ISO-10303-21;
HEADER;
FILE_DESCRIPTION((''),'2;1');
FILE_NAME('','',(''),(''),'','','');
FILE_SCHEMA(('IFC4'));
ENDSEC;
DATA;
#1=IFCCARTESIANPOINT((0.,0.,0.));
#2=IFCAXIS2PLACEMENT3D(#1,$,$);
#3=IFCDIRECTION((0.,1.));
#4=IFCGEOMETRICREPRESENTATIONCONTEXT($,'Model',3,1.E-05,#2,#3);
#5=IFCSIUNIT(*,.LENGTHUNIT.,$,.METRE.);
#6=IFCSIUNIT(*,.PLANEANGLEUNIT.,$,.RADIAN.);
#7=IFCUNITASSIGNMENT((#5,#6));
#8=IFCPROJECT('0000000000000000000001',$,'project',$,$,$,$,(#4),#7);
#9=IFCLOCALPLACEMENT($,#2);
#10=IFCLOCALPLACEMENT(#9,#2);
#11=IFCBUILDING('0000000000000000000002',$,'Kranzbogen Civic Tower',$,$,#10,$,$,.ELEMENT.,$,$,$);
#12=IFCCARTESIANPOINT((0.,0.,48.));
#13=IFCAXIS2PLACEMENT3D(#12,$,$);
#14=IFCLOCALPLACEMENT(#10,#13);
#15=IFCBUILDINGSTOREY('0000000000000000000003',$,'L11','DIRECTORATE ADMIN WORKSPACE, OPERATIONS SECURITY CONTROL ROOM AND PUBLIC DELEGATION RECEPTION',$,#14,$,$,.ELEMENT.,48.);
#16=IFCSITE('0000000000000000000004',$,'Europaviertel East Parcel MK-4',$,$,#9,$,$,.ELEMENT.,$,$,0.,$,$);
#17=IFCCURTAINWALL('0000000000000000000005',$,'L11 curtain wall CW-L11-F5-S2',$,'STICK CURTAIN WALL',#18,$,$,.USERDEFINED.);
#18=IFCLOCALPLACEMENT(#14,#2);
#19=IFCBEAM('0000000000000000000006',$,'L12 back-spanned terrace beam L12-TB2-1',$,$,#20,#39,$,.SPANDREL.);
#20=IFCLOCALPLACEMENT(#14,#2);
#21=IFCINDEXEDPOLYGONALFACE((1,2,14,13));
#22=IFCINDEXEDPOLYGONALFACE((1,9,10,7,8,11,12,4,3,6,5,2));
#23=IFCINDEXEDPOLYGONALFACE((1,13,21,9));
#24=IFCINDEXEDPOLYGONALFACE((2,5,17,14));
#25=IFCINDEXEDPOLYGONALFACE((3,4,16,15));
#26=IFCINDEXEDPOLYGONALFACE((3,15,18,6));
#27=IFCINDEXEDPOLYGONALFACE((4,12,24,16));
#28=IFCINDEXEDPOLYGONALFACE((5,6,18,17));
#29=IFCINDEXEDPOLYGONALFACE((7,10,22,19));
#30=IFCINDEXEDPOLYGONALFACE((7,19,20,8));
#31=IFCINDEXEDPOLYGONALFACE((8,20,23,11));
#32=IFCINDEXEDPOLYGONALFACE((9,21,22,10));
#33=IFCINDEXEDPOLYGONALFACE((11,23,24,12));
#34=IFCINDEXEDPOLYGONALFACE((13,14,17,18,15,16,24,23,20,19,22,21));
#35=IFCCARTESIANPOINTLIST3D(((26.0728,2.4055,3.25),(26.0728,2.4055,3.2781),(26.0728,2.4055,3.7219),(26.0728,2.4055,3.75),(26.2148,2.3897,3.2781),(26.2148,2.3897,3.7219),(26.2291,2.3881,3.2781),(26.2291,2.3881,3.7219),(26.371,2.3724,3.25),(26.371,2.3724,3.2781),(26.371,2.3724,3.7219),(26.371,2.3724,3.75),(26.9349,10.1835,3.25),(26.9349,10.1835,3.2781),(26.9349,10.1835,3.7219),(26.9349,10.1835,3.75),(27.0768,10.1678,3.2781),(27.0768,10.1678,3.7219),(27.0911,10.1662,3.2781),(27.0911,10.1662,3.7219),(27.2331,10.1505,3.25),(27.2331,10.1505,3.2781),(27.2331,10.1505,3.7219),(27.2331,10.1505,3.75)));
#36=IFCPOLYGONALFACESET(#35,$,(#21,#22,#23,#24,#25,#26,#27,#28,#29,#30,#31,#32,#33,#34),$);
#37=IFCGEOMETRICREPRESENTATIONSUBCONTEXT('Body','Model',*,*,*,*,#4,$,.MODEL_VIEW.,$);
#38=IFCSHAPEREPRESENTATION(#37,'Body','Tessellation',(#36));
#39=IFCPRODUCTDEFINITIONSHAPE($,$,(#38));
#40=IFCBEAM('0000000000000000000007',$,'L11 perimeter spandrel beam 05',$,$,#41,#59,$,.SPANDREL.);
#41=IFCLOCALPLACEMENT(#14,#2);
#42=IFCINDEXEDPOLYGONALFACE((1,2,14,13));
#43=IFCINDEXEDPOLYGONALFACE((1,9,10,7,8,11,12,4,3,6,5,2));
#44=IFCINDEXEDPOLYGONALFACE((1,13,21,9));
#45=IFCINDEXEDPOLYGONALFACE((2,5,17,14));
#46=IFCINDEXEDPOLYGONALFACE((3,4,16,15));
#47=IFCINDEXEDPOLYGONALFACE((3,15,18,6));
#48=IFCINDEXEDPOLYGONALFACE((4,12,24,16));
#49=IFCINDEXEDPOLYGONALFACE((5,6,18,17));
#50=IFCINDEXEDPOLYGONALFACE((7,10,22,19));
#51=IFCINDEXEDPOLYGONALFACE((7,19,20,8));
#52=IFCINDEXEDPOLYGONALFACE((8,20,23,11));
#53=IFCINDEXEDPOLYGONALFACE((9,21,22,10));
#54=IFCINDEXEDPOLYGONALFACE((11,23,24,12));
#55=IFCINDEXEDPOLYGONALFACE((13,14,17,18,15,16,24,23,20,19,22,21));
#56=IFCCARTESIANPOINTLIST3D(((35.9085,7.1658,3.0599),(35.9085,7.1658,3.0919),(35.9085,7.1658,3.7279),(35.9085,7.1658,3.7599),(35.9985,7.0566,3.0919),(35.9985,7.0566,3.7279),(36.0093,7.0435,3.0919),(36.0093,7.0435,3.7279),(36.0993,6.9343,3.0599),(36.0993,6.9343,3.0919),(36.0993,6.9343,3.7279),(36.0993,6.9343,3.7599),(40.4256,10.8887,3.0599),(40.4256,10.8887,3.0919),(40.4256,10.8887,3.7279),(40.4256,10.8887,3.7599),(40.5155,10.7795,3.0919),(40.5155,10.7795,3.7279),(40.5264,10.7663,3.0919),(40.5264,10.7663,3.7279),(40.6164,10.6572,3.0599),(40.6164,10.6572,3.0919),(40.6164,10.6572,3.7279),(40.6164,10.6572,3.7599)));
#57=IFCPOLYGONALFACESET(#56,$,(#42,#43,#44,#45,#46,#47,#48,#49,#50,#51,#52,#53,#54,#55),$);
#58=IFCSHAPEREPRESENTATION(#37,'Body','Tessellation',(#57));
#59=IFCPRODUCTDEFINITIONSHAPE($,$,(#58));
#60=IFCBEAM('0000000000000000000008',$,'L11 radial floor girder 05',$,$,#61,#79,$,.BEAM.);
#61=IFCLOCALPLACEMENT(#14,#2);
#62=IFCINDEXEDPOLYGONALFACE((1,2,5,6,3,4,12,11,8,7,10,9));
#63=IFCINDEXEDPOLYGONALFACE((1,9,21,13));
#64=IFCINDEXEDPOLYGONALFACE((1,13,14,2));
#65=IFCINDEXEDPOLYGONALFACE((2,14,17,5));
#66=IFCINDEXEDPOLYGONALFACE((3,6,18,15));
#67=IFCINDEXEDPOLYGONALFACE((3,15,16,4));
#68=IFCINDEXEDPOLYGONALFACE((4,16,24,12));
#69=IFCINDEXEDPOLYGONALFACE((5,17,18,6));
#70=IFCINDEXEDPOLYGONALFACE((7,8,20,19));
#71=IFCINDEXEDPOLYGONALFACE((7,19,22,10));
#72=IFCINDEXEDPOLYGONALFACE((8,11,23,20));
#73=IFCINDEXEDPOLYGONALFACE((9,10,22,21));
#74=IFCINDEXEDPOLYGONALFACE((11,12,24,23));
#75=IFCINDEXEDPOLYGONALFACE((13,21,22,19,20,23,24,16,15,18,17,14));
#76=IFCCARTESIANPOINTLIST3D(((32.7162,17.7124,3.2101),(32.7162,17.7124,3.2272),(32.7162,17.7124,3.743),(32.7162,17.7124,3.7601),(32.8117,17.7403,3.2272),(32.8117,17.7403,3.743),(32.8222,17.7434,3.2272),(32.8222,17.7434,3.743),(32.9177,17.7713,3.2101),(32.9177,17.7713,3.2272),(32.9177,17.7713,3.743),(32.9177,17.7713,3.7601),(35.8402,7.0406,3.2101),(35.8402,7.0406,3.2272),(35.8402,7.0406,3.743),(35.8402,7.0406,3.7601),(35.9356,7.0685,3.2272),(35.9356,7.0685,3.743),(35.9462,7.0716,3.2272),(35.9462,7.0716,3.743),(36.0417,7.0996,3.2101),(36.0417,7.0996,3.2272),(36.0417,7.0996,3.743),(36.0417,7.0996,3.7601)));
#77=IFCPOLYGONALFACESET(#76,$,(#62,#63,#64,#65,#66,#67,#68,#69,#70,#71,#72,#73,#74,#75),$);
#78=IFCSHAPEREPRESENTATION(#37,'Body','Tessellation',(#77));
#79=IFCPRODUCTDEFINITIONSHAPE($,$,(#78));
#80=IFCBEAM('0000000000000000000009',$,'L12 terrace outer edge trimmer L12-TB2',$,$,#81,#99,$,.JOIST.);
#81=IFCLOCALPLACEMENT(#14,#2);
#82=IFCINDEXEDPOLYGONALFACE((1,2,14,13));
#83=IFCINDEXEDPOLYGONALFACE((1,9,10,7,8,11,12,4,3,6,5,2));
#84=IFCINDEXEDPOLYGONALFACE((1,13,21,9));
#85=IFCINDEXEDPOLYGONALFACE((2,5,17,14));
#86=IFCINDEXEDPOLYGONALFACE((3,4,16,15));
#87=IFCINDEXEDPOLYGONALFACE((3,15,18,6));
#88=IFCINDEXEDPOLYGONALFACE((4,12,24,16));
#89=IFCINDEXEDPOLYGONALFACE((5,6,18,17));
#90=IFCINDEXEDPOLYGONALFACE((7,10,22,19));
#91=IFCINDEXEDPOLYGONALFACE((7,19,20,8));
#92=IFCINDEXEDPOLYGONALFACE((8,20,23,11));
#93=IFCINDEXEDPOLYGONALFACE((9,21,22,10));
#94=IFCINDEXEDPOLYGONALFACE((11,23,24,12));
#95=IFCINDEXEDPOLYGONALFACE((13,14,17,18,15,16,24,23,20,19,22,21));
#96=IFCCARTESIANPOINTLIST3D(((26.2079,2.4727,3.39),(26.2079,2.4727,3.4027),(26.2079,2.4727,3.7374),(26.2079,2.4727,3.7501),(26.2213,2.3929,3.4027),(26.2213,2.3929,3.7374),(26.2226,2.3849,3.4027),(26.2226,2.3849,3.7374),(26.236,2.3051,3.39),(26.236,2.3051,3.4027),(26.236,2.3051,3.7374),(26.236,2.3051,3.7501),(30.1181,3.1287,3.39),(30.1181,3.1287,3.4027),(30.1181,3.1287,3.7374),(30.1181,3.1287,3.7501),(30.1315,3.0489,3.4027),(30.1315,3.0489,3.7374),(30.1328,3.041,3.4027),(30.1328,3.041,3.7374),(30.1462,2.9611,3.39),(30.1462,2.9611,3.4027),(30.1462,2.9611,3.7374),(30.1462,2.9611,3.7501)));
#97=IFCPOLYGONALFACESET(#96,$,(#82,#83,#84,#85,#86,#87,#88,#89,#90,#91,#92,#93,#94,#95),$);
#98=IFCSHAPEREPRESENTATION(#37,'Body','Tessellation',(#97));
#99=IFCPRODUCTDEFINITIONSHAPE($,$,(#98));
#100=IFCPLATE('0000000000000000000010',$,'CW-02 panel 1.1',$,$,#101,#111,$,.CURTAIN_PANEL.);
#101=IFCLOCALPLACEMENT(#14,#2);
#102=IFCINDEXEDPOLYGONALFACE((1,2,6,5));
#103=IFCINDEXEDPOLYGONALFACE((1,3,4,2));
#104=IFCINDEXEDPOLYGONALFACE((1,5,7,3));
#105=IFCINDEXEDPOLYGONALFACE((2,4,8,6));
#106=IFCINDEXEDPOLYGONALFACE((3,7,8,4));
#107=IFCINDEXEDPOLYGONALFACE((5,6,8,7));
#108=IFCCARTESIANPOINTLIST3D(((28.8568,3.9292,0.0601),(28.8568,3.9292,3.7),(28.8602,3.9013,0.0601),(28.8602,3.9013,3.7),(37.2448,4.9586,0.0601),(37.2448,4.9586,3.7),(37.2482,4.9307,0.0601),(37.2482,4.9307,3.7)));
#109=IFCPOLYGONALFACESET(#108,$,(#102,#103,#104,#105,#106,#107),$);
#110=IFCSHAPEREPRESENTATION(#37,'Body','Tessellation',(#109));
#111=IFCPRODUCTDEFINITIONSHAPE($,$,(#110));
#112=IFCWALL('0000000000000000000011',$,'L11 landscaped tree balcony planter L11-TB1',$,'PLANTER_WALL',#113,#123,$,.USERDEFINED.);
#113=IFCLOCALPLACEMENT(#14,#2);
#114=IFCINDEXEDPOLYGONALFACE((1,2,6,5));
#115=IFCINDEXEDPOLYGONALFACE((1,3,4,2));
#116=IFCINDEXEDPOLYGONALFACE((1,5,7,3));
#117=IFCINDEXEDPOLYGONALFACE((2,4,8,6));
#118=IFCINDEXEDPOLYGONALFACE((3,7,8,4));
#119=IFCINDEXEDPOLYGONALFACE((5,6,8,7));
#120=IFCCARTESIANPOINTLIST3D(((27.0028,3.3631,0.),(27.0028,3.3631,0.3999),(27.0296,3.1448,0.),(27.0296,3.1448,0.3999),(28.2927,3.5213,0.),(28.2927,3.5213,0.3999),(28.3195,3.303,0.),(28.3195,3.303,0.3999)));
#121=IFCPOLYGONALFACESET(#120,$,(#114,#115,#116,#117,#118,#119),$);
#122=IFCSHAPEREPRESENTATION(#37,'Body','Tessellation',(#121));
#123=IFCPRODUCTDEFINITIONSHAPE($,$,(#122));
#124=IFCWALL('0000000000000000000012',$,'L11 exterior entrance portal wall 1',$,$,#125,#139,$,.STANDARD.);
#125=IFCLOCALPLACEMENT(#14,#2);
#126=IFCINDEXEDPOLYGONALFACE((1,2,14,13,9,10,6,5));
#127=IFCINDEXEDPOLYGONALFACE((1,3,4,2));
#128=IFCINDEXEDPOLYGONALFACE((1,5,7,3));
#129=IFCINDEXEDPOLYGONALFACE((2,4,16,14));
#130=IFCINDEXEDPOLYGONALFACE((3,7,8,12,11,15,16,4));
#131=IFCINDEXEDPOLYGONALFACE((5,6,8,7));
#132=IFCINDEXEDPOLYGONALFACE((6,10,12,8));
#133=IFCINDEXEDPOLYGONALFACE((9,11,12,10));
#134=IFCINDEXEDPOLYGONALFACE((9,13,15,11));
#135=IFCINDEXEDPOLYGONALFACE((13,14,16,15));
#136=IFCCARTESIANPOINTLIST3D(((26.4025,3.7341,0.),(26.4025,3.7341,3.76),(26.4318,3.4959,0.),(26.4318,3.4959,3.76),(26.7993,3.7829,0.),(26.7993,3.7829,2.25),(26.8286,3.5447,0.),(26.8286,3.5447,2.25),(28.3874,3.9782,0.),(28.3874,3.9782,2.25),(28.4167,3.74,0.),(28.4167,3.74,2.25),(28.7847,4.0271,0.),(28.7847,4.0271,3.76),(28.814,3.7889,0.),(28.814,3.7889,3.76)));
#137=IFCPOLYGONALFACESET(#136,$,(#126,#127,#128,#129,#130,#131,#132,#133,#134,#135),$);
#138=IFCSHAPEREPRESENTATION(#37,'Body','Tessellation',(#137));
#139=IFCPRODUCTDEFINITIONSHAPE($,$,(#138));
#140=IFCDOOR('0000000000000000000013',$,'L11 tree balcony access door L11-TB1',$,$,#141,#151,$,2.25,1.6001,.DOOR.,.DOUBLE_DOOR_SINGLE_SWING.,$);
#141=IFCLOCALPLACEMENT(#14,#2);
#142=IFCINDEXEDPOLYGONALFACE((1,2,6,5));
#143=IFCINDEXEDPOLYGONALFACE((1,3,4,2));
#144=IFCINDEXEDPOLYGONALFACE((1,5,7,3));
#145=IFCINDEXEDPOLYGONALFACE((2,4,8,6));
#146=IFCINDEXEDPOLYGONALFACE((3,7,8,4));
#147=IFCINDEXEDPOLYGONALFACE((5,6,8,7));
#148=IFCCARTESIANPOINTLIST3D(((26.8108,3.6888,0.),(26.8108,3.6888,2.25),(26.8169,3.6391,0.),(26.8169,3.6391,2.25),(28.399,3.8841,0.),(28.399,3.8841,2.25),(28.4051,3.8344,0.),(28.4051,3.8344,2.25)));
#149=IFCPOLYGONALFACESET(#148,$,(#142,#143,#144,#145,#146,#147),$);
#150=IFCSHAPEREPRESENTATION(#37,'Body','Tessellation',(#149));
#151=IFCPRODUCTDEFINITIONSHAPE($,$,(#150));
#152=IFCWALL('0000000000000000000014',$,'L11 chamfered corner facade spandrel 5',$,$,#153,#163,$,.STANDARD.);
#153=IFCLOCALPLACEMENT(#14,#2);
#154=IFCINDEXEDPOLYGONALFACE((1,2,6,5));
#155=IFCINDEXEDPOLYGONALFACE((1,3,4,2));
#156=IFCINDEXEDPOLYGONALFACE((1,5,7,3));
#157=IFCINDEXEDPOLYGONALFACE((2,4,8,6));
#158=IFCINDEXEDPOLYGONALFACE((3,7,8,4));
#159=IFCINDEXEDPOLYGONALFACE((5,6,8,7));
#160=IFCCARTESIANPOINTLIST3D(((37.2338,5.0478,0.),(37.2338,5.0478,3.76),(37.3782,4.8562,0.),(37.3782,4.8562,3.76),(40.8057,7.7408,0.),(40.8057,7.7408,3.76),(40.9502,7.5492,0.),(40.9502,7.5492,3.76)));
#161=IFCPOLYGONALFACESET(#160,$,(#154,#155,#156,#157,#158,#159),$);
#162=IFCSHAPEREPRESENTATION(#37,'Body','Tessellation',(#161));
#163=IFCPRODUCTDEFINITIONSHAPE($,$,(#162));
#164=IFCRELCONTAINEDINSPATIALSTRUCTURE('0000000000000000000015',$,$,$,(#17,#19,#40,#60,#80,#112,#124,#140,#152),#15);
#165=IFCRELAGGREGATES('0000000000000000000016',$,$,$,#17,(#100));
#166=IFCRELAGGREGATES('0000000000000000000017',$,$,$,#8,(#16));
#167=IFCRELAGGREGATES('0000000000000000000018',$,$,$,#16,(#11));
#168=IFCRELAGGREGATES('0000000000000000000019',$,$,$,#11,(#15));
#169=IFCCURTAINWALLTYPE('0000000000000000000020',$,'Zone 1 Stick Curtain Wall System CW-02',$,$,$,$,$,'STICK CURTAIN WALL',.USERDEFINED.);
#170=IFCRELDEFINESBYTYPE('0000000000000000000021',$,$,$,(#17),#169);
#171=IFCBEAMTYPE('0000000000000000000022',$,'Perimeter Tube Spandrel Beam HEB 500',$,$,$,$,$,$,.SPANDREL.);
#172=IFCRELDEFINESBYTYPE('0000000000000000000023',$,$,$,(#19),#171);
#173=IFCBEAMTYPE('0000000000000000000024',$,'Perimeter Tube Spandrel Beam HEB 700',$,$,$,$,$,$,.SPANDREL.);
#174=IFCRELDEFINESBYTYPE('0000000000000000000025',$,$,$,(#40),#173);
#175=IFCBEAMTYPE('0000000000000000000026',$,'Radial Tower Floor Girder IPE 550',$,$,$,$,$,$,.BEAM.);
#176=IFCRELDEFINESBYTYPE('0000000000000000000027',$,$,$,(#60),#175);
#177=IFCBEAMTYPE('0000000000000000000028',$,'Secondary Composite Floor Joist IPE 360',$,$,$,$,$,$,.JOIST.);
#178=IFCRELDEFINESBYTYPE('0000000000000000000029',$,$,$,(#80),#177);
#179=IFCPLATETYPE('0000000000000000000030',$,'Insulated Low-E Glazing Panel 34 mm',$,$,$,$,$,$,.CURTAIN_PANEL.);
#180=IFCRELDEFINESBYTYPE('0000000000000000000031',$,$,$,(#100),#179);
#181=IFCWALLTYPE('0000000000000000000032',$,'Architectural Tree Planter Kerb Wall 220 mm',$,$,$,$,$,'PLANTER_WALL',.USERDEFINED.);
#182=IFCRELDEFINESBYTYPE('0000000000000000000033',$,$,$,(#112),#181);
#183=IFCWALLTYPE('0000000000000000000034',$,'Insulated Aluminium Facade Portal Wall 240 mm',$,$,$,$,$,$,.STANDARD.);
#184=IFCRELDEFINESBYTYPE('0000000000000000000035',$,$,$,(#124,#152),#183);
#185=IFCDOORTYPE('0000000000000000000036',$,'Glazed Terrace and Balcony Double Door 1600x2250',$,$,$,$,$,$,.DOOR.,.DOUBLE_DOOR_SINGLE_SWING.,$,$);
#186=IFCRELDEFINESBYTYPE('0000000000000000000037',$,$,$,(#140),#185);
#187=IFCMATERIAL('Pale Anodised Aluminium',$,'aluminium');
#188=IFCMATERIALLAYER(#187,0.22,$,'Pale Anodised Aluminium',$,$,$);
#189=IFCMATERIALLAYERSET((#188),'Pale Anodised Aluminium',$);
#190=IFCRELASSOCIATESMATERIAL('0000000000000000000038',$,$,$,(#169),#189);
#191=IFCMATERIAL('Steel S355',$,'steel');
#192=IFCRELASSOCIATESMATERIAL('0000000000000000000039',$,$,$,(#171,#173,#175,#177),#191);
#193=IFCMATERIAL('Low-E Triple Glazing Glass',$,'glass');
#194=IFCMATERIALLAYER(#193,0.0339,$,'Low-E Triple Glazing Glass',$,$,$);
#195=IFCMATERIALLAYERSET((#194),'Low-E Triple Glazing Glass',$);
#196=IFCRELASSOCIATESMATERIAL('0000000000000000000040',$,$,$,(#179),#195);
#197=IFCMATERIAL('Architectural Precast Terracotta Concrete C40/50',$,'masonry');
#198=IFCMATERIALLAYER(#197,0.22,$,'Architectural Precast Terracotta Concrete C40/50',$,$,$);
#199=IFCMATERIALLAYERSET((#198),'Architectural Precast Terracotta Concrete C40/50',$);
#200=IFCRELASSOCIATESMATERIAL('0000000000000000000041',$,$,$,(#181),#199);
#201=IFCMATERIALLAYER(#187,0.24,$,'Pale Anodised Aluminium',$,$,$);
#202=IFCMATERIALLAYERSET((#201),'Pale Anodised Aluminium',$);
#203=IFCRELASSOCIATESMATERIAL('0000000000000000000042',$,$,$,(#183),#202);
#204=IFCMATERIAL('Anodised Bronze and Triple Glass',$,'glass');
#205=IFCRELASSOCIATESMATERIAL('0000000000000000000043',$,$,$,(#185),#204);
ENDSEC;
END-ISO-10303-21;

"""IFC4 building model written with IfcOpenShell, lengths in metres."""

from ifc_helpers import new_model, si_unit, direction, frame, frame_2d, origin, origin_2d, place, context, subcontext, project, spatial, rectangle, i_section, extrude, material, layer, layer_set, material_profile, profile_set, type_object, element, fill, aggregate, save


model = new_model("IFC4")

# Units and contexts
model_context = context("Model", 3, precision=1e-05, world=origin(), true_north=direction((0.0, 1.0)))
body_context = subcontext(model_context, "Body", "Model", "MODEL_VIEW")
ifc_project = project(units=[si_unit("LENGTHUNIT", "METRE"), si_unit("PLANEANGLEUNIT", "RADIAN")], contexts=[model_context])

# Site, building, storey
site_placement = place(None, origin())
site = spatial("IfcSite", under=ifc_project, at=site_placement, Name="Europaviertel East Parcel MK-4", CompositionType="ELEMENT", RefElevation=0.0)
building_placement = place(site_placement, origin())
building = spatial("IfcBuilding", under=site, at=building_placement, Name="Kranzbogen Civic Tower", CompositionType="ELEMENT")
storey_placement = place(building_placement, frame((0.0, 0.0, 48.0)))
storey = spatial("IfcBuildingStorey", under=building, at=storey_placement, Name="L11", Description="DIRECTORATE ADMIN WORKSPACE, OPERATIONS SECURITY CONTROL ROOM AND PUBLIC DELEGATION RECEPTION", CompositionType="ELEMENT", Elevation=48.0)

# Shared definitions
ifc_material_1 = material(Name="Steel S355", Category="steel")

# Shared definitions
ifc_material_2 = material(Name="Pale Anodised Aluminium", Category="aluminium")
ifc_layer_1 = layer(ifc_material_2, 0.22, Name="Pale Anodised Aluminium")
ifc_layer_set_1 = layer_set([ifc_layer_1], Name="Pale Anodised Aluminium")
curtain_wall_type = type_object("IfcCurtainWallType", Name="Zone 1 Stick Curtain Wall System CW-02", ElementType="STICK CURTAIN WALL", PredefinedType="USERDEFINED", material=ifc_layer_set_1)

# Curtain wall
curtain_wall_1_placement = place(storey_placement, origin())
curtain_wall_1 = element("IfcCurtainWall", 1, at=curtain_wall_1_placement, inside=storey, type_object=curtain_wall_type, Name="L11 curtain wall CW-L11-F5-S2", ObjectType="STICK CURTAIN WALL", PredefinedType="USERDEFINED")

# Beams
ifc_material_profile_1 = material_profile(ifc_material_1, i_section(OverallWidth=0.3, OverallDepth=0.5, WebThickness=0.0144, FlangeThickness=0.0281, at=origin_2d()), Name="HEB 500")
ifc_profile_set_1 = profile_set([ifc_material_profile_1], Name="Steel S355")
beam_type_1 = type_object("IfcBeamType", Name="Perimeter Tube Spandrel Beam HEB 500", PredefinedType="SPANDREL", material=ifc_profile_set_1)
beam_1_placement = place(storey_placement, frame((27.084, 10.167, 3.5), z_axis=(-0.110158, -0.993914, 0.0), x_axis=(0.993914, -0.110158, 0.0)))
element("IfcBeam", 2, at=beam_1_placement, inside=storey, type_object=beam_type_1, Name="L12 back-spanned terrace beam L12-TB2-1", PredefinedType="SPANDREL", context=body_context, shape_type="SweptSolid", body=[
    extrude(i_section(OverallWidth=0.3, OverallDepth=0.5, WebThickness=0.0144, FlangeThickness=0.0281, at=origin_2d()), origin(), (0.0, 0.0, 1.0), 7.8257),
])
ifc_material_profile_2 = material_profile(ifc_material_1, i_section(OverallWidth=0.3, OverallDepth=0.7, WebThickness=0.0171, FlangeThickness=0.032, at=origin_2d()), Name="HEB 700")
ifc_profile_set_2 = profile_set([ifc_material_profile_2], Name="Steel S355")
beam_type_2 = type_object("IfcBeamType", Name="Perimeter Tube Spandrel Beam HEB 700", PredefinedType="SPANDREL", material=ifc_profile_set_2)
beam_2_placement = place(storey_placement, frame((36.0039, 7.05, 3.4099), z_axis=(0.771683, 0.636007, 0.0), x_axis=(-0.636007, 0.771683, 0.0)))
element("IfcBeam", 3, at=beam_2_placement, inside=storey, type_object=beam_type_2, Name="L11 perimeter spandrel beam 05", PredefinedType="SPANDREL", context=body_context, shape_type="SweptSolid", body=[
    extrude(i_section(OverallWidth=0.3, OverallDepth=0.7, WebThickness=0.0171, FlangeThickness=0.032, at=origin_2d()), origin(), (0.0, 0.0, 1.0), 5.8535),
])
ifc_material_profile_3 = material_profile(ifc_material_1, i_section(OverallWidth=0.21, OverallDepth=0.55, WebThickness=0.011, FlangeThickness=0.0171, at=origin_2d()), Name="IPE 550")
ifc_profile_set_3 = profile_set([ifc_material_profile_3], Name="Steel S355")
beam_type_3 = type_object("IfcBeamType", Name="Radial Tower Floor Girder IPE 550", PredefinedType="BEAM", material=ifc_profile_set_3)
beam_3_placement = place(storey_placement, frame((35.9409, 7.0701, 3.4851), z_axis=(-0.280944, 0.959724, 0.0), x_axis=(-0.959724, -0.280944, 0.0)))
element("IfcBeam", 4, at=beam_3_placement, inside=storey, type_object=beam_type_3, Name="L11 radial floor girder 05", PredefinedType="BEAM", context=body_context, shape_type="SweptSolid", body=[
    extrude(i_section(OverallWidth=0.21, OverallDepth=0.55, WebThickness=0.011, FlangeThickness=0.0171, at=origin_2d()), origin(), (0.0, 0.0, 1.0), 11.1196),
])
ifc_material_profile_4 = material_profile(ifc_material_1, i_section(OverallWidth=0.1699, OverallDepth=0.3601, WebThickness=0.0081, FlangeThickness=0.0127, at=origin_2d()), Name="IPE 360")
ifc_profile_set_4 = profile_set([ifc_material_profile_4], Name="Steel S355")
beam_type_4 = type_object("IfcBeamType", Name="Secondary Composite Floor Joist IPE 360", PredefinedType="JOIST", material=ifc_profile_set_4)
beam_4_placement = place(storey_placement, frame((26.2219, 2.3889, 3.5701), z_axis=(0.986217, 0.165457, 0.0), x_axis=(-0.165457, 0.986217, 0.0)))
element("IfcBeam", 5, at=beam_4_placement, inside=storey, type_object=beam_type_4, Name="L12 terrace outer edge trimmer L12-TB2", PredefinedType="JOIST", context=body_context, shape_type="SweptSolid", body=[
    extrude(i_section(OverallWidth=0.1699, OverallDepth=0.3601, WebThickness=0.0081, FlangeThickness=0.0127, at=origin_2d()), origin(), (0.0, 0.0, 1.0), 3.9648),
])

# Plate
ifc_material_3 = material(Name="Low-E Triple Glazing Glass", Category="glass")
ifc_layer_2 = layer(ifc_material_3, 0.0339, Name="Low-E Triple Glazing Glass")
ifc_layer_set_2 = layer_set([ifc_layer_2], Name="Low-E Triple Glazing Glass")
plate_type = type_object("IfcPlateType", Name="Insulated Low-E Glazing Panel 34 mm", PredefinedType="CURTAIN_PANEL", material=ifc_layer_set_2)
plate_placement = place(storey_placement, frame((33.0525, 4.4299, 0.0601), z_axis=(0.0, 0.0, 1.0), x_axis=(0.992554, 0.121809, 0.0)))
plate = element("IfcPlate", 6, at=plate_placement, type_object=plate_type, Name="CW-02 panel 1.1", PredefinedType="CURTAIN_PANEL", context=body_context, shape_type="SweptSolid", body=[
    extrude(rectangle(XDim=8.4509, YDim=0.0281, at=origin_2d()), origin(), (0.0, 0.0, 1.0), 3.6399),
])
aggregate(curtain_wall_1, [plate])

# Wall
ifc_material_4 = material(Name="Architectural Precast Terracotta Concrete C40/50", Category="masonry")
ifc_layer_3 = layer(ifc_material_4, 0.22, Name="Architectural Precast Terracotta Concrete C40/50")
ifc_layer_set_3 = layer_set([ifc_layer_3], Name="Architectural Precast Terracotta Concrete C40/50")
wall_type_1 = type_object("IfcWallType", Name="Architectural Tree Planter Kerb Wall 220 mm", ElementType="PLANTER_WALL", PredefinedType="USERDEFINED", material=ifc_layer_set_3)
wall_1_placement = place(storey_placement, frame((27.0161, 3.2539, 0.0), z_axis=(0.0, 0.0, 1.0), x_axis=(0.992561, 0.121745, 0.0)))
element("IfcWall", 7, at=wall_1_placement, inside=storey, type_object=wall_type_1, Name="L11 landscaped tree balcony planter L11-TB1", ObjectType="PLANTER_WALL", PredefinedType="USERDEFINED", context=body_context, shape_type="SweptSolid", body=[
    extrude(rectangle(XDim=1.2996, YDim=0.22, at=frame_2d((0.6499, 0.0))), origin(), (0.0, 0.0, 1.0), 0.3999),
])

# Wall, opening, door
ifc_layer_4 = layer(ifc_material_2, 0.24, Name="Pale Anodised Aluminium")
ifc_layer_set_4 = layer_set([ifc_layer_4], Name="Pale Anodised Aluminium")
wall_type_2 = type_object("IfcWallType", Name="Insulated Aluminium Facade Portal Wall 240 mm", PredefinedType="STANDARD", material=ifc_layer_set_4)
wall_2_placement = place(storey_placement, frame((26.417, 3.615, 0.0), z_axis=(0.0, 0.0, 1.0), x_axis=(0.992522, 0.122069, 0.0)))
wall_2 = element("IfcWall", 8, at=wall_2_placement, inside=storey, type_object=wall_type_2, Name="L11 exterior entrance portal wall 1", PredefinedType="STANDARD", context=body_context, shape_type="SweptSolid", body=[
    extrude(rectangle(XDim=2.4001, YDim=0.24, at=frame_2d((1.2002, 0.0))), origin(), (0.0, 0.0, 1.0), 3.76),
])
opening_placement = place(wall_2_placement, frame((0.3999, 0.0, 0.0)))
opening = element("IfcOpeningElement", 9, at=opening_placement, cuts=wall_2, PredefinedType="OPENING", context=body_context, shape_type="SweptSolid", body=[
    extrude(rectangle(XDim=1.6001, YDim=2.25, at=frame_2d((0.8, 1.125))), frame((0.0, 0.1299, 0.0), z_axis=(0.0, -1.0, 0.0), x_axis=(1.0, 0.0, 0.0)), (0.0, 0.0, 1.0), 0.26),
])
ifc_material_5 = material(Name="Anodised Bronze and Triple Glass", Category="glass")
door_type = type_object("IfcDoorType", Name="Glazed Terrace and Balcony Double Door 1600x2250", OperationType="DOUBLE_DOOR_SINGLE_SWING", PredefinedType="DOOR", material=ifc_material_5)
door_placement = place(opening_placement, frame((1.6001, 0.0, 0.0), z_axis=(0.0, 0.0, 1.0), x_axis=(-1.0, 0.0, 0.0)))
door = element("IfcDoor", 10, at=door_placement, inside=storey, type_object=door_type, Name="L11 tree balcony access door L11-TB1", OperationType="DOUBLE_DOOR_SINGLE_SWING", OverallHeight=2.25, OverallWidth=1.6001, PredefinedType="DOOR", context=body_context, shape_type="SweptSolid", body=[
    extrude(rectangle(XDim=1.6001, YDim=2.25, at=frame_2d((0.8, 1.125))), frame((0.0, 0.0249, 0.0), z_axis=(0.0, -1.0, 0.0), x_axis=(1.0, 0.0, 0.0)), (0.0, 0.0, 1.0), 0.05),
])
fill(opening, door)

# Wall
wall_3_placement = place(storey_placement, frame((37.3059, 4.9519, 0.0), z_axis=(0.0, 0.0, 1.0), x_axis=(0.798485, 0.602015, 0.0)))
element("IfcWall", 11, at=wall_3_placement, inside=storey, type_object=wall_type_2, Name="L11 chamfered corner facade spandrel 5", PredefinedType="STANDARD", context=body_context, shape_type="SweptSolid", body=[
    extrude(rectangle(XDim=4.4734, YDim=0.24, at=frame_2d((2.2368, 0.0))), origin(), (0.0, 0.0, 1.0), 3.76),
])

save(model, "model.ifc")
